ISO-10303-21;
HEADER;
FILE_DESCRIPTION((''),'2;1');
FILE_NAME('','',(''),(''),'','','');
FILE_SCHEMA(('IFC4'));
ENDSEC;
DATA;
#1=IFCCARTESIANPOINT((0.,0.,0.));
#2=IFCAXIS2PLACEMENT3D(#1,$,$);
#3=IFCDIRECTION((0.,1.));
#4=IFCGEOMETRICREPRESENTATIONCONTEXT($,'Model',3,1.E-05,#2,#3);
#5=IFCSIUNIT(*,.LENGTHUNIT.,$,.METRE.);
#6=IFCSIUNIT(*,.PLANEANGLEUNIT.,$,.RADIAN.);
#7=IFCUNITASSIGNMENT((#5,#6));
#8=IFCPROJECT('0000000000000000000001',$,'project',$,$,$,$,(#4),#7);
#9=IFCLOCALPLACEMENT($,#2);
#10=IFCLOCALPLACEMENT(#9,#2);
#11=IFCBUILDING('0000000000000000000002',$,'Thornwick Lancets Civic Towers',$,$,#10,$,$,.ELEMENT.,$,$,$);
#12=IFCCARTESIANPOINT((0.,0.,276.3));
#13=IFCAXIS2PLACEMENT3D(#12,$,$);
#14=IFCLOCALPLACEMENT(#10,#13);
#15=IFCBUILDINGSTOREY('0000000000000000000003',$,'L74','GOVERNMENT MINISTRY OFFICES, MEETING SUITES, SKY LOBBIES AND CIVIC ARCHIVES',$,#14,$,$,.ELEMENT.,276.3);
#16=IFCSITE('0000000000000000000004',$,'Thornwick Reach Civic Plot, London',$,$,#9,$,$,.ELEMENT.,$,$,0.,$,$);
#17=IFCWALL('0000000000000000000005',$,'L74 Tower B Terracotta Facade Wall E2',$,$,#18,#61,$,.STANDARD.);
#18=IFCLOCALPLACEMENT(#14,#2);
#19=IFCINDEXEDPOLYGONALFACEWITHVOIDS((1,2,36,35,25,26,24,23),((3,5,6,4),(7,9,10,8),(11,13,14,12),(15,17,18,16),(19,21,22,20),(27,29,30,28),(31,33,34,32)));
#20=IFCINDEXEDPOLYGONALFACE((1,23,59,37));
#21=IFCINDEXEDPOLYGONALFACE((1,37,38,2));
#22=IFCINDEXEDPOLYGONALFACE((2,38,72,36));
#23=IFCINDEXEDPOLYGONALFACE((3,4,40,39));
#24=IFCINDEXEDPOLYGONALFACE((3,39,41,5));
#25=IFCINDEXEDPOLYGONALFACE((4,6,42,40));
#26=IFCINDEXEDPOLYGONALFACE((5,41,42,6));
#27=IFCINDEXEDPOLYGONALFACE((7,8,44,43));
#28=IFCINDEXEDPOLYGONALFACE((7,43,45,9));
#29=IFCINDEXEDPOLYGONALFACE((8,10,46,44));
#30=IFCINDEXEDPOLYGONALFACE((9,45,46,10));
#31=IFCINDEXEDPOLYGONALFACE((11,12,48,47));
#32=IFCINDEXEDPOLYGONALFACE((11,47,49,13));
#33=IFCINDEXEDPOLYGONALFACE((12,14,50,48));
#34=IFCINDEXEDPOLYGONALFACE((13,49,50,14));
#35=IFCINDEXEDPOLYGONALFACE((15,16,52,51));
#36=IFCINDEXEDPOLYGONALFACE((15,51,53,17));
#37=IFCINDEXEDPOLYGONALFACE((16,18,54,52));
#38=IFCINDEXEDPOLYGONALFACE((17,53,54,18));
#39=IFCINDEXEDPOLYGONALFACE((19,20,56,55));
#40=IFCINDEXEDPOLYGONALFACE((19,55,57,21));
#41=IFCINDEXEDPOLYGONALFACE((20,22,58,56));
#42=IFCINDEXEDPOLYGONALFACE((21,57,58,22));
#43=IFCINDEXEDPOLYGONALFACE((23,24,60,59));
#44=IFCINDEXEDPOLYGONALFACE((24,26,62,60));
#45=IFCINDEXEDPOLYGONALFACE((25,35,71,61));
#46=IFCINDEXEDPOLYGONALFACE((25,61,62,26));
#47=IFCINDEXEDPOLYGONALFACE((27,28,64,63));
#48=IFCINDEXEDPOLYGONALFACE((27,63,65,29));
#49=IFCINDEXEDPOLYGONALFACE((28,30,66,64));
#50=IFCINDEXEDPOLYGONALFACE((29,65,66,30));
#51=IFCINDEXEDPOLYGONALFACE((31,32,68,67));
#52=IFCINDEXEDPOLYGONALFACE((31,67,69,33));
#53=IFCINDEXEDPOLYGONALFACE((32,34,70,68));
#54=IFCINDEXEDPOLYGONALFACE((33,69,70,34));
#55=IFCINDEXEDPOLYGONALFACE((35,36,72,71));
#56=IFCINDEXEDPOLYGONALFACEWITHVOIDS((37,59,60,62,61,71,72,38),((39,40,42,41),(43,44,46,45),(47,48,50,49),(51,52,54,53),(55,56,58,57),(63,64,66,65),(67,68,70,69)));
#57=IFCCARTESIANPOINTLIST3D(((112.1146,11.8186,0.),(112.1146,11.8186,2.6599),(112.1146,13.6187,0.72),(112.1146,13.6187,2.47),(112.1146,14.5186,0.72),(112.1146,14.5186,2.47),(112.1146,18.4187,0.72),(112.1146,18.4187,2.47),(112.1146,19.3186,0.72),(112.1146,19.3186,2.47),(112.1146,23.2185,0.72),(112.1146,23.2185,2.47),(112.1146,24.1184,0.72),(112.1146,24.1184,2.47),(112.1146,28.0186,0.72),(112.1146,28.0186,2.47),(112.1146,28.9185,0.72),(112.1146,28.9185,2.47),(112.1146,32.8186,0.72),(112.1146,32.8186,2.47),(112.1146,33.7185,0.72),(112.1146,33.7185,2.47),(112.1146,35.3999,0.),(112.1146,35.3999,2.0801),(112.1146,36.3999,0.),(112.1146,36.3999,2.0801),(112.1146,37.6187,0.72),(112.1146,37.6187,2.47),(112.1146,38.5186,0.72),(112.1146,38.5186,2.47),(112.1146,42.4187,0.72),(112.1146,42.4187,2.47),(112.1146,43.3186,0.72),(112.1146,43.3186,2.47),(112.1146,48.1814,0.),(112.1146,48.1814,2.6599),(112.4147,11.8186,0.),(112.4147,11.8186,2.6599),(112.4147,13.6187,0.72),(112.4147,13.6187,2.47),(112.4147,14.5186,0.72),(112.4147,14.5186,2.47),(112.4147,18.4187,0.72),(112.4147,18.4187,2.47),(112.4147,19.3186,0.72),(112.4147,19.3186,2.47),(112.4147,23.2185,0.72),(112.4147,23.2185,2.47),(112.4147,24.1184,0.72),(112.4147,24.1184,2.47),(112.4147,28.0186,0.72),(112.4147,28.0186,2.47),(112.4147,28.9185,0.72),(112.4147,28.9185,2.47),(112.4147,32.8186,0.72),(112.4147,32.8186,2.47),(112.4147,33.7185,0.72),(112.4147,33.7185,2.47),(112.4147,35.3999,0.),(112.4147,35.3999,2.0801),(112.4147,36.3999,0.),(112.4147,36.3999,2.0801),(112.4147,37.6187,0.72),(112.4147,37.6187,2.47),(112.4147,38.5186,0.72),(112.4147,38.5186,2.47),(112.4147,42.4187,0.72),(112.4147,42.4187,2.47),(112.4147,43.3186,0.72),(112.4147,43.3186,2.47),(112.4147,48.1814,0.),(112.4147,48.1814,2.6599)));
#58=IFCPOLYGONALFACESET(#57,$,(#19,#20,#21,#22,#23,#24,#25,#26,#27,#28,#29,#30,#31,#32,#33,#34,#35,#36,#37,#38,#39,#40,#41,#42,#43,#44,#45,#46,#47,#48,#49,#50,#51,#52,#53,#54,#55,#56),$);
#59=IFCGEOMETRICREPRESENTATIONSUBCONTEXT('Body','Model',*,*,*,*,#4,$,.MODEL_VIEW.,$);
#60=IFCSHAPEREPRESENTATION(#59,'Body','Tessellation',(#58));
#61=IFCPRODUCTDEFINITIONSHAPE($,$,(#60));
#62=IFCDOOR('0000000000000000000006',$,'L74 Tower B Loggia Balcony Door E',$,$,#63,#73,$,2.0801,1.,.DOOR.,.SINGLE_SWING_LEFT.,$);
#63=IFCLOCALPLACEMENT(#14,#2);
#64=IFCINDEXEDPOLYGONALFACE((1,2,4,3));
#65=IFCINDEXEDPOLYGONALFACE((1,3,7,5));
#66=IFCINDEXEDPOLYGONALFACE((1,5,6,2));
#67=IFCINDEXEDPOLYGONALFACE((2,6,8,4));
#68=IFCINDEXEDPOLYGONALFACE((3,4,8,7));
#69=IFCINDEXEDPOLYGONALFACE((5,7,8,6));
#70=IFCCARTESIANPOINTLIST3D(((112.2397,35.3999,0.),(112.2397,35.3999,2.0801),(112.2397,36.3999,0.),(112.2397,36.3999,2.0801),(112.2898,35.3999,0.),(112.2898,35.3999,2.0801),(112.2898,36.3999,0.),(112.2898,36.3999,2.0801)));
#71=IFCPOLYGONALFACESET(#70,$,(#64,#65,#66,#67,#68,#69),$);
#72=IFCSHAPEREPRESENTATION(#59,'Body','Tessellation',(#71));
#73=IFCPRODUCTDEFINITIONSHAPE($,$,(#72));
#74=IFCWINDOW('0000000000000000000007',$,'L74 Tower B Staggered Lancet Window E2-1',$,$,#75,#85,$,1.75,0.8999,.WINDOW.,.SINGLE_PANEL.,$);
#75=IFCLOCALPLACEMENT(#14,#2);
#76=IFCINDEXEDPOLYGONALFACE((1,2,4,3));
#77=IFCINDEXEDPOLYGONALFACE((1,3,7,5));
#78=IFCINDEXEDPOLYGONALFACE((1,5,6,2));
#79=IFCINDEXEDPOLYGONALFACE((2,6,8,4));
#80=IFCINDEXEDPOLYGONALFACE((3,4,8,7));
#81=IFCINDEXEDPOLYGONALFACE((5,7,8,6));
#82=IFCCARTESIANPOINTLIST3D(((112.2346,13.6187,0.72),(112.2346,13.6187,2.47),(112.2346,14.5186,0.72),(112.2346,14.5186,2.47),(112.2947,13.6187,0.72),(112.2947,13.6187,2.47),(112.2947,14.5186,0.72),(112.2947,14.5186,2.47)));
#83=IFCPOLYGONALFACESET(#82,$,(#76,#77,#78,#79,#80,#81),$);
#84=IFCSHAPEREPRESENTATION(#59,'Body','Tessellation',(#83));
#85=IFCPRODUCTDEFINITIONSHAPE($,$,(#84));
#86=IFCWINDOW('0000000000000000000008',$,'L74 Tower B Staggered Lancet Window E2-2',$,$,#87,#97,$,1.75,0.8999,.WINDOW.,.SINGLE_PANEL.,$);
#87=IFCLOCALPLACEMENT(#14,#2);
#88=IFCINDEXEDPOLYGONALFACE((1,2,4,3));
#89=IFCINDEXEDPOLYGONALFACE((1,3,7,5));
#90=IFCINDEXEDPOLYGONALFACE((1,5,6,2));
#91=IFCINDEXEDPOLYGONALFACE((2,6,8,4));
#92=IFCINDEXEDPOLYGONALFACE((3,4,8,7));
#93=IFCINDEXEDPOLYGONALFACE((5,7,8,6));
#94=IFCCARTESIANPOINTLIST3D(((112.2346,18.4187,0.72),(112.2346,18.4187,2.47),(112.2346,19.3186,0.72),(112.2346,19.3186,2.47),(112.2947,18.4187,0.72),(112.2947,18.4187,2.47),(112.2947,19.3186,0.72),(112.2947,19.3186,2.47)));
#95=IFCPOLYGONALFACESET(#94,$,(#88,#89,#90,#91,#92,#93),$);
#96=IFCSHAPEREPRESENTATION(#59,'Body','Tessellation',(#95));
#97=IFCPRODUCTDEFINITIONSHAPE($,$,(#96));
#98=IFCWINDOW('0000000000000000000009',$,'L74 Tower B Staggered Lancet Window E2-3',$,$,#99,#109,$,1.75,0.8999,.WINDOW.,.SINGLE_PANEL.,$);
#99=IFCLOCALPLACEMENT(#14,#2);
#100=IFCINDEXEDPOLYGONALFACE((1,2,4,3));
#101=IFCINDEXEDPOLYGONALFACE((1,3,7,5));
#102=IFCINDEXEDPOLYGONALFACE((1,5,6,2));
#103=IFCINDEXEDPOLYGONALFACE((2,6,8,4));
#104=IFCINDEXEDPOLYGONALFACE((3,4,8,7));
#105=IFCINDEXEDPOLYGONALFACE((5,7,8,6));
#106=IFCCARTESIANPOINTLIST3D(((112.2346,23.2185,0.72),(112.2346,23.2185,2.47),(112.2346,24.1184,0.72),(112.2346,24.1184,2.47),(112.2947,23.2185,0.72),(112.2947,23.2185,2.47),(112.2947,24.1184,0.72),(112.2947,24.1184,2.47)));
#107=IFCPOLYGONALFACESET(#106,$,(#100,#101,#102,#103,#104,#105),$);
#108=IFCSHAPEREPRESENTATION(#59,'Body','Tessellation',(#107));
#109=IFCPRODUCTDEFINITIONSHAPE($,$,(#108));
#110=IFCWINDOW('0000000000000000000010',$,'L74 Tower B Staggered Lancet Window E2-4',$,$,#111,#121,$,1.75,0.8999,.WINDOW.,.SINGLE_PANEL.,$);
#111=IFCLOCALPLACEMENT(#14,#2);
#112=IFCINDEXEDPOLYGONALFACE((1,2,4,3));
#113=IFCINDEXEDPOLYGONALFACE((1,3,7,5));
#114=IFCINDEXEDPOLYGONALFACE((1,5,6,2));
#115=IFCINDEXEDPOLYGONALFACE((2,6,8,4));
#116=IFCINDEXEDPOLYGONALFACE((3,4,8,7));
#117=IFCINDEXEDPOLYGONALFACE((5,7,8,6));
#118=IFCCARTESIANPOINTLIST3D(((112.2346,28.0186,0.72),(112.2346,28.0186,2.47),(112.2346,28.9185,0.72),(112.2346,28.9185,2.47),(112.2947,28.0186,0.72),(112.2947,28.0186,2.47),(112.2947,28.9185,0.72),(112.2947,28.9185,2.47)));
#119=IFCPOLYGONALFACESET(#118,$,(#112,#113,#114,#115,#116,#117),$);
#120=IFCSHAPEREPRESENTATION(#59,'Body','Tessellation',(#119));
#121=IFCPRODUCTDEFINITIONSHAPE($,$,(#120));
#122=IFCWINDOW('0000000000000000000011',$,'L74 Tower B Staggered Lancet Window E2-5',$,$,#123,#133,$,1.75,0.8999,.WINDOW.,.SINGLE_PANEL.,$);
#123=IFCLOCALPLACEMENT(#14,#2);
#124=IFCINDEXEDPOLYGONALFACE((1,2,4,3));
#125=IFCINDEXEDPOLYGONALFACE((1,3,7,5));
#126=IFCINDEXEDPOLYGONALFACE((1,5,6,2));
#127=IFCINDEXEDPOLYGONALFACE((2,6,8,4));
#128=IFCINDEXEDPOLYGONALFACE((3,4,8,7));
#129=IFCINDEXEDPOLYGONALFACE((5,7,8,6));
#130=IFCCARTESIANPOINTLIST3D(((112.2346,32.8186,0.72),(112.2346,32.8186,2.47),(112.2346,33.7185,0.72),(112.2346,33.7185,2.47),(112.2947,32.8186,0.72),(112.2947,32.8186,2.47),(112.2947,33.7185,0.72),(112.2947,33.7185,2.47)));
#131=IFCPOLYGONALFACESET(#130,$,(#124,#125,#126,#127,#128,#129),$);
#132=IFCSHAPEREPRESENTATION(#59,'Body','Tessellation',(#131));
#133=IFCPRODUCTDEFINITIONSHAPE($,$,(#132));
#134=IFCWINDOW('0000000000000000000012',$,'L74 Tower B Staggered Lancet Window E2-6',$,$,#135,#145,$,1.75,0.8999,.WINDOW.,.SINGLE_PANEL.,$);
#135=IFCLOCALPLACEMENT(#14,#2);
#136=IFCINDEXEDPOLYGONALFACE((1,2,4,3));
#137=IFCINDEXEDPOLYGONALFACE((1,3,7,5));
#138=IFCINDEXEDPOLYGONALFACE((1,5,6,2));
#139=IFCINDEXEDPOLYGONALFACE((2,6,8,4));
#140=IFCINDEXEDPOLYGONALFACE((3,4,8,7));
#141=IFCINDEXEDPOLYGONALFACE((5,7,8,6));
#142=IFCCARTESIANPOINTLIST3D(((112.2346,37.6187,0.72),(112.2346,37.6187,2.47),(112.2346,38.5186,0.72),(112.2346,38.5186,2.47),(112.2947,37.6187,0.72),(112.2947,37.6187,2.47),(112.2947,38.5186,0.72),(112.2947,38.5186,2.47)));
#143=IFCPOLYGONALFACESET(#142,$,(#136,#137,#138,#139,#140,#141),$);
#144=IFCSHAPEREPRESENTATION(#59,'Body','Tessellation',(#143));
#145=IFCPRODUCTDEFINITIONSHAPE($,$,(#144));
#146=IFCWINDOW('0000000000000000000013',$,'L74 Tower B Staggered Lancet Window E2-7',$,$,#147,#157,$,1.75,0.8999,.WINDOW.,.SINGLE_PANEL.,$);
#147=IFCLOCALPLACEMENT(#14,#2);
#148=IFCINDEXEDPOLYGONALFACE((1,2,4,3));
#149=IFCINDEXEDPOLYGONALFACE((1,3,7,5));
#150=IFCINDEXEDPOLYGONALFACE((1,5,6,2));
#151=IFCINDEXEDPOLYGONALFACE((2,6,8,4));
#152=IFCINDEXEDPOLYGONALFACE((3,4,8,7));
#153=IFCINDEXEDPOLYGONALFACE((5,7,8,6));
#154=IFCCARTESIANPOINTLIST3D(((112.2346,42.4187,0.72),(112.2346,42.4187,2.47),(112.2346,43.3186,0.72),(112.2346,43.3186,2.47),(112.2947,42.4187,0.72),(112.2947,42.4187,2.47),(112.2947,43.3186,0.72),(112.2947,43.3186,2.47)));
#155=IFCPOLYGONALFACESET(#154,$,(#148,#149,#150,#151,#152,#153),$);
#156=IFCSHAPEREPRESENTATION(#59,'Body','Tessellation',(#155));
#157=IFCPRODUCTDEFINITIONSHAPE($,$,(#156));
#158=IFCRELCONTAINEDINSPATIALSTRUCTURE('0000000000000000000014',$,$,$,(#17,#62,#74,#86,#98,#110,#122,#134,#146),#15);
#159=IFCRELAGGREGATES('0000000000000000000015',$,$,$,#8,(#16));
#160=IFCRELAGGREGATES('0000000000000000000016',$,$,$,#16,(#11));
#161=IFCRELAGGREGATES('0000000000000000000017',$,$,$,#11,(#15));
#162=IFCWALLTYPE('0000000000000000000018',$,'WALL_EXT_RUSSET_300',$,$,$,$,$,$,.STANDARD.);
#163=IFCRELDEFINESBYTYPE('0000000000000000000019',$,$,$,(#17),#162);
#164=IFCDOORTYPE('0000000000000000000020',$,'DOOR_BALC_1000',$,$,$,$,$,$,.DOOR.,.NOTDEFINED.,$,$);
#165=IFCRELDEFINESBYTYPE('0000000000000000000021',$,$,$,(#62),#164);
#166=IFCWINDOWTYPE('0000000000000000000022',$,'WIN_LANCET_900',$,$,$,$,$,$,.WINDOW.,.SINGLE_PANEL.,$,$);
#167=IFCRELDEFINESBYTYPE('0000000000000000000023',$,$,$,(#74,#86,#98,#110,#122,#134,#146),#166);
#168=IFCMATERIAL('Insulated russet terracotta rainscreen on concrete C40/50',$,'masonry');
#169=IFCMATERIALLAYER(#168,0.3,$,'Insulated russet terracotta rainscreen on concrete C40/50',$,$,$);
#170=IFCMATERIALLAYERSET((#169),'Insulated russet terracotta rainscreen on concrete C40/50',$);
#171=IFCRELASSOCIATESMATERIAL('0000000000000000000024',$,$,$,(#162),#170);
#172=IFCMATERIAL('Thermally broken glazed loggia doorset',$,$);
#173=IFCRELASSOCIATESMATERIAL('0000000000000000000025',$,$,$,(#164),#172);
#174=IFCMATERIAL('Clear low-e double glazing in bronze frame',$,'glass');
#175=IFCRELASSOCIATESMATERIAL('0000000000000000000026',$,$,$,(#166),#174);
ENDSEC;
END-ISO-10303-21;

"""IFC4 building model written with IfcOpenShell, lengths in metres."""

from ifc_helpers import new_model, si_unit, direction, frame, frame_2d, origin, place, context, subcontext, project, spatial, rectangle, extrude, material, layer, layer_set, type_object, element, fill, save


model = new_model("IFC4")

# Units and contexts
model_context = context("Model", 3, precision=1e-05, world=origin(), true_north=direction((0.0, 1.0)))
body_context = subcontext(model_context, "Body", "Model", "MODEL_VIEW")
ifc_project = project(units=[si_unit("LENGTHUNIT", "METRE"), si_unit("PLANEANGLEUNIT", "RADIAN")], contexts=[model_context])

# Site, building, storey
site_placement = place(None, origin())
site = spatial("IfcSite", under=ifc_project, at=site_placement, Name="Thornwick Reach Civic Plot, London", CompositionType="ELEMENT", RefElevation=0.0)
building_placement = place(site_placement, origin())
building = spatial("IfcBuilding", under=site, at=building_placement, Name="Thornwick Lancets Civic Towers", CompositionType="ELEMENT")
storey_placement = place(building_placement, frame((0.0, 0.0, 276.3)))
storey = spatial("IfcBuildingStorey", under=building, at=storey_placement, Name="L74", Description="GOVERNMENT MINISTRY OFFICES, MEETING SUITES, SKY LOBBIES AND CIVIC ARCHIVES", CompositionType="ELEMENT", Elevation=276.3)

# Wall, openings, door, windows
ifc_material_1 = material(Name="Insulated russet terracotta rainscreen on concrete C40/50", Category="masonry")
ifc_layer_1 = layer(ifc_material_1, 0.3, Name="Insulated russet terracotta rainscreen on concrete C40/50")
ifc_layer_set_1 = layer_set([ifc_layer_1], Name="Insulated russet terracotta rainscreen on concrete C40/50")
wall_type_1 = type_object("IfcWallType", Name="WALL_EXT_RUSSET_300", PredefinedType="STANDARD", material=ifc_layer_set_1)
wall_1_placement = place(storey_placement, frame((112.2646, 11.8186, 0.0), z_axis=(0.0, 0.0, 1.0), x_axis=(0.0, 1.0, 0.0)))
wall_1 = element("IfcWall", 1, at=wall_1_placement, inside=storey, type_object=wall_type_1, Name="L74 Tower B Terracotta Facade Wall E2", PredefinedType="STANDARD", context=body_context, shape_type="SweptSolid", body=[
    extrude(rectangle(XDim=36.3628, YDim=0.3, at=frame_2d((18.1814, 0.0))), origin(), (0.0, 0.0, 1.0), 2.6599),
])
opening_1_placement = place(wall_1_placement, frame((23.5813, 0.0, 0.0)))
opening_1 = element("IfcOpeningElement", 2, at=opening_1_placement, cuts=wall_1, PredefinedType="OPENING", context=body_context, shape_type="SweptSolid", body=[
    extrude(rectangle(XDim=1.0, YDim=2.0801, at=frame_2d((0.5, 1.04))), frame((0.0, 0.1602, 0.0), z_axis=(0.0, -1.0, 0.0), x_axis=(1.0, 0.0, 0.0)), (0.0, 0.0, 1.0), 0.3201),
])
opening_2_placement = place(wall_1_placement, frame((1.8, 0.0, 0.72)))
opening_2 = element("IfcOpeningElement", 3, at=opening_2_placement, cuts=wall_1, PredefinedType="OPENING", context=body_context, shape_type="SweptSolid", body=[
    extrude(rectangle(XDim=0.8999, YDim=1.75, at=frame_2d((0.45, 0.875))), frame((0.0, 0.1602, 0.0), z_axis=(0.0, -1.0, 0.0), x_axis=(1.0, 0.0, 0.0)), (0.0, 0.0, 1.0), 0.3201),
])
opening_3_placement = place(wall_1_placement, frame((6.6001, 0.0, 0.72)))
opening_3 = element("IfcOpeningElement", 4, at=opening_3_placement, cuts=wall_1, PredefinedType="OPENING", context=body_context, shape_type="SweptSolid", body=[
    extrude(rectangle(XDim=0.8999, YDim=1.75, at=frame_2d((0.45, 0.875))), frame((0.0, 0.1602, 0.0), z_axis=(0.0, -1.0, 0.0), x_axis=(1.0, 0.0, 0.0)), (0.0, 0.0, 1.0), 0.3201),
])
opening_4_placement = place(wall_1_placement, frame((11.3999, 0.0, 0.72)))
opening_4 = element("IfcOpeningElement", 5, at=opening_4_placement, cuts=wall_1, PredefinedType="OPENING", context=body_context, shape_type="SweptSolid", body=[
    extrude(rectangle(XDim=0.8999, YDim=1.75, at=frame_2d((0.45, 0.875))), frame((0.0, 0.1602, 0.0), z_axis=(0.0, -1.0, 0.0), x_axis=(1.0, 0.0, 0.0)), (0.0, 0.0, 1.0), 0.3201),
])
opening_5_placement = place(wall_1_placement, frame((16.2, 0.0, 0.72)))
opening_5 = element("IfcOpeningElement", 6, at=opening_5_placement, cuts=wall_1, PredefinedType="OPENING", context=body_context, shape_type="SweptSolid", body=[
    extrude(rectangle(XDim=0.8999, YDim=1.75, at=frame_2d((0.45, 0.875))), frame((0.0, 0.1602, 0.0), z_axis=(0.0, -1.0, 0.0), x_axis=(1.0, 0.0, 0.0)), (0.0, 0.0, 1.0), 0.3201),
])
opening_6_placement = place(wall_1_placement, frame((21.0, 0.0, 0.72)))
opening_6 = element("IfcOpeningElement", 7, at=opening_6_placement, cuts=wall_1, PredefinedType="OPENING", context=body_context, shape_type="SweptSolid", body=[
    extrude(rectangle(XDim=0.8999, YDim=1.75, at=frame_2d((0.45, 0.875))), frame((0.0, 0.1602, 0.0), z_axis=(0.0, -1.0, 0.0), x_axis=(1.0, 0.0, 0.0)), (0.0, 0.0, 1.0), 0.3201),
])
opening_7_placement = place(wall_1_placement, frame((25.8, 0.0, 0.72)))
opening_7 = element("IfcOpeningElement", 8, at=opening_7_placement, cuts=wall_1, PredefinedType="OPENING", context=body_context, shape_type="SweptSolid", body=[
    extrude(rectangle(XDim=0.8999, YDim=1.75, at=frame_2d((0.45, 0.875))), frame((0.0, 0.1602, 0.0), z_axis=(0.0, -1.0, 0.0), x_axis=(1.0, 0.0, 0.0)), (0.0, 0.0, 1.0), 0.3201),
])
opening_8_placement = place(wall_1_placement, frame((30.6001, 0.0, 0.72)))
opening_8 = element("IfcOpeningElement", 9, at=opening_8_placement, cuts=wall_1, PredefinedType="OPENING", context=body_context, shape_type="SweptSolid", body=[
    extrude(rectangle(XDim=0.8999, YDim=1.75, at=frame_2d((0.45, 0.875))), frame((0.0, 0.1602, 0.0), z_axis=(0.0, -1.0, 0.0), x_axis=(1.0, 0.0, 0.0)), (0.0, 0.0, 1.0), 0.3201),
])
ifc_material_2 = material(Name="Thermally broken glazed loggia doorset")
door_type = type_object("IfcDoorType", Name="DOOR_BALC_1000", OperationType="NOTDEFINED", PredefinedType="DOOR", material=ifc_material_2)
door_placement = place(opening_1_placement, origin())
door = element("IfcDoor", 10, at=door_placement, inside=storey, type_object=door_type, Name="L74 Tower B Loggia Balcony Door E", OperationType="SINGLE_SWING_LEFT", OverallHeight=2.0801, OverallWidth=1.0, PredefinedType="DOOR", context=body_context, shape_type="SweptSolid", body=[
    extrude(rectangle(XDim=1.0, YDim=2.0801, at=frame_2d((0.5, 1.04))), frame((0.0, 0.0249, 0.0), z_axis=(0.0, -1.0, 0.0), x_axis=(1.0, 0.0, 0.0)), (0.0, 0.0, 1.0), 0.05),
])
fill(opening_1, door)
ifc_material_3 = material(Name="Clear low-e double glazing in bronze frame", Category="glass")
window_type = type_object("IfcWindowType", Name="WIN_LANCET_900", PartitioningType="SINGLE_PANEL", PredefinedType="WINDOW", material=ifc_material_3)
window_1_placement = place(opening_2_placement, origin())
window_1 = element("IfcWindow", 11, at=window_1_placement, inside=storey, type_object=window_type, Name="L74 Tower B Staggered Lancet Window E2-1", OverallHeight=1.75, OverallWidth=0.8999, PartitioningType="SINGLE_PANEL", PredefinedType="WINDOW", context=body_context, shape_type="SweptSolid", body=[
    extrude(rectangle(XDim=0.8999, YDim=1.75, at=frame_2d((0.45, 0.875))), frame((0.0, 0.03, 0.0), z_axis=(0.0, -1.0, 0.0), x_axis=(1.0, 0.0, 0.0)), (0.0, 0.0, 1.0), 0.0601),
])
fill(opening_2, window_1)
window_2_placement = place(opening_3_placement, origin())
window_2 = element("IfcWindow", 12, at=window_2_placement, inside=storey, type_object=window_type, Name="L74 Tower B Staggered Lancet Window E2-2", OverallHeight=1.75, OverallWidth=0.8999, PartitioningType="SINGLE_PANEL", PredefinedType="WINDOW", context=body_context, shape_type="SweptSolid", body=[
    extrude(rectangle(XDim=0.8999, YDim=1.75, at=frame_2d((0.45, 0.875))), frame((0.0, 0.03, 0.0), z_axis=(0.0, -1.0, 0.0), x_axis=(1.0, 0.0, 0.0)), (0.0, 0.0, 1.0), 0.0601),
])
fill(opening_3, window_2)
window_3_placement = place(opening_4_placement, origin())
window_3 = element("IfcWindow", 13, at=window_3_placement, inside=storey, type_object=window_type, Name="L74 Tower B Staggered Lancet Window E2-3", OverallHeight=1.75, OverallWidth=0.8999, PartitioningType="SINGLE_PANEL", PredefinedType="WINDOW", context=body_context, shape_type="SweptSolid", body=[
    extrude(rectangle(XDim=0.8999, YDim=1.75, at=frame_2d((0.45, 0.875))), frame((0.0, 0.03, 0.0), z_axis=(0.0, -1.0, 0.0), x_axis=(1.0, 0.0, 0.0)), (0.0, 0.0, 1.0), 0.0601),
])
fill(opening_4, window_3)
window_4_placement = place(opening_5_placement, origin())
window_4 = element("IfcWindow", 14, at=window_4_placement, inside=storey, type_object=window_type, Name="L74 Tower B Staggered Lancet Window E2-4", OverallHeight=1.75, OverallWidth=0.8999, PartitioningType="SINGLE_PANEL", PredefinedType="WINDOW", context=body_context, shape_type="SweptSolid", body=[
    extrude(rectangle(XDim=0.8999, YDim=1.75, at=frame_2d((0.45, 0.875))), frame((0.0, 0.03, 0.0), z_axis=(0.0, -1.0, 0.0), x_axis=(1.0, 0.0, 0.0)), (0.0, 0.0, 1.0), 0.0601),
])
fill(opening_5, window_4)
window_5_placement = place(opening_6_placement, origin())
window_5 = element("IfcWindow", 15, at=window_5_placement, inside=storey, type_object=window_type, Name="L74 Tower B Staggered Lancet Window E2-5", OverallHeight=1.75, OverallWidth=0.8999, PartitioningType="SINGLE_PANEL", PredefinedType="WINDOW", context=body_context, shape_type="SweptSolid", body=[
    extrude(rectangle(XDim=0.8999, YDim=1.75, at=frame_2d((0.45, 0.875))), frame((0.0, 0.03, 0.0), z_axis=(0.0, -1.0, 0.0), x_axis=(1.0, 0.0, 0.0)), (0.0, 0.0, 1.0), 0.0601),
])
fill(opening_6, window_5)
window_6_placement = place(opening_7_placement, origin())
window_6 = element("IfcWindow", 16, at=window_6_placement, inside=storey, type_object=window_type, Name="L74 Tower B Staggered Lancet Window E2-6", OverallHeight=1.75, OverallWidth=0.8999, PartitioningType="SINGLE_PANEL", PredefinedType="WINDOW", context=body_context, shape_type="SweptSolid", body=[
    extrude(rectangle(XDim=0.8999, YDim=1.75, at=frame_2d((0.45, 0.875))), frame((0.0, 0.03, 0.0), z_axis=(0.0, -1.0, 0.0), x_axis=(1.0, 0.0, 0.0)), (0.0, 0.0, 1.0), 0.0601),
])
fill(opening_7, window_6)
window_7_placement = place(opening_8_placement, origin())
window_7 = element("IfcWindow", 17, at=window_7_placement, inside=storey, type_object=window_type, Name="L74 Tower B Staggered Lancet Window E2-7", OverallHeight=1.75, OverallWidth=0.8999, PartitioningType="SINGLE_PANEL", PredefinedType="WINDOW", context=body_context, shape_type="SweptSolid", body=[
    extrude(rectangle(XDim=0.8999, YDim=1.75, at=frame_2d((0.45, 0.875))), frame((0.0, 0.03, 0.0), z_axis=(0.0, -1.0, 0.0), x_axis=(1.0, 0.0, 0.0)), (0.0, 0.0, 1.0), 0.0601),
])
fill(opening_8, window_7)

save(model, "model.ifc")
